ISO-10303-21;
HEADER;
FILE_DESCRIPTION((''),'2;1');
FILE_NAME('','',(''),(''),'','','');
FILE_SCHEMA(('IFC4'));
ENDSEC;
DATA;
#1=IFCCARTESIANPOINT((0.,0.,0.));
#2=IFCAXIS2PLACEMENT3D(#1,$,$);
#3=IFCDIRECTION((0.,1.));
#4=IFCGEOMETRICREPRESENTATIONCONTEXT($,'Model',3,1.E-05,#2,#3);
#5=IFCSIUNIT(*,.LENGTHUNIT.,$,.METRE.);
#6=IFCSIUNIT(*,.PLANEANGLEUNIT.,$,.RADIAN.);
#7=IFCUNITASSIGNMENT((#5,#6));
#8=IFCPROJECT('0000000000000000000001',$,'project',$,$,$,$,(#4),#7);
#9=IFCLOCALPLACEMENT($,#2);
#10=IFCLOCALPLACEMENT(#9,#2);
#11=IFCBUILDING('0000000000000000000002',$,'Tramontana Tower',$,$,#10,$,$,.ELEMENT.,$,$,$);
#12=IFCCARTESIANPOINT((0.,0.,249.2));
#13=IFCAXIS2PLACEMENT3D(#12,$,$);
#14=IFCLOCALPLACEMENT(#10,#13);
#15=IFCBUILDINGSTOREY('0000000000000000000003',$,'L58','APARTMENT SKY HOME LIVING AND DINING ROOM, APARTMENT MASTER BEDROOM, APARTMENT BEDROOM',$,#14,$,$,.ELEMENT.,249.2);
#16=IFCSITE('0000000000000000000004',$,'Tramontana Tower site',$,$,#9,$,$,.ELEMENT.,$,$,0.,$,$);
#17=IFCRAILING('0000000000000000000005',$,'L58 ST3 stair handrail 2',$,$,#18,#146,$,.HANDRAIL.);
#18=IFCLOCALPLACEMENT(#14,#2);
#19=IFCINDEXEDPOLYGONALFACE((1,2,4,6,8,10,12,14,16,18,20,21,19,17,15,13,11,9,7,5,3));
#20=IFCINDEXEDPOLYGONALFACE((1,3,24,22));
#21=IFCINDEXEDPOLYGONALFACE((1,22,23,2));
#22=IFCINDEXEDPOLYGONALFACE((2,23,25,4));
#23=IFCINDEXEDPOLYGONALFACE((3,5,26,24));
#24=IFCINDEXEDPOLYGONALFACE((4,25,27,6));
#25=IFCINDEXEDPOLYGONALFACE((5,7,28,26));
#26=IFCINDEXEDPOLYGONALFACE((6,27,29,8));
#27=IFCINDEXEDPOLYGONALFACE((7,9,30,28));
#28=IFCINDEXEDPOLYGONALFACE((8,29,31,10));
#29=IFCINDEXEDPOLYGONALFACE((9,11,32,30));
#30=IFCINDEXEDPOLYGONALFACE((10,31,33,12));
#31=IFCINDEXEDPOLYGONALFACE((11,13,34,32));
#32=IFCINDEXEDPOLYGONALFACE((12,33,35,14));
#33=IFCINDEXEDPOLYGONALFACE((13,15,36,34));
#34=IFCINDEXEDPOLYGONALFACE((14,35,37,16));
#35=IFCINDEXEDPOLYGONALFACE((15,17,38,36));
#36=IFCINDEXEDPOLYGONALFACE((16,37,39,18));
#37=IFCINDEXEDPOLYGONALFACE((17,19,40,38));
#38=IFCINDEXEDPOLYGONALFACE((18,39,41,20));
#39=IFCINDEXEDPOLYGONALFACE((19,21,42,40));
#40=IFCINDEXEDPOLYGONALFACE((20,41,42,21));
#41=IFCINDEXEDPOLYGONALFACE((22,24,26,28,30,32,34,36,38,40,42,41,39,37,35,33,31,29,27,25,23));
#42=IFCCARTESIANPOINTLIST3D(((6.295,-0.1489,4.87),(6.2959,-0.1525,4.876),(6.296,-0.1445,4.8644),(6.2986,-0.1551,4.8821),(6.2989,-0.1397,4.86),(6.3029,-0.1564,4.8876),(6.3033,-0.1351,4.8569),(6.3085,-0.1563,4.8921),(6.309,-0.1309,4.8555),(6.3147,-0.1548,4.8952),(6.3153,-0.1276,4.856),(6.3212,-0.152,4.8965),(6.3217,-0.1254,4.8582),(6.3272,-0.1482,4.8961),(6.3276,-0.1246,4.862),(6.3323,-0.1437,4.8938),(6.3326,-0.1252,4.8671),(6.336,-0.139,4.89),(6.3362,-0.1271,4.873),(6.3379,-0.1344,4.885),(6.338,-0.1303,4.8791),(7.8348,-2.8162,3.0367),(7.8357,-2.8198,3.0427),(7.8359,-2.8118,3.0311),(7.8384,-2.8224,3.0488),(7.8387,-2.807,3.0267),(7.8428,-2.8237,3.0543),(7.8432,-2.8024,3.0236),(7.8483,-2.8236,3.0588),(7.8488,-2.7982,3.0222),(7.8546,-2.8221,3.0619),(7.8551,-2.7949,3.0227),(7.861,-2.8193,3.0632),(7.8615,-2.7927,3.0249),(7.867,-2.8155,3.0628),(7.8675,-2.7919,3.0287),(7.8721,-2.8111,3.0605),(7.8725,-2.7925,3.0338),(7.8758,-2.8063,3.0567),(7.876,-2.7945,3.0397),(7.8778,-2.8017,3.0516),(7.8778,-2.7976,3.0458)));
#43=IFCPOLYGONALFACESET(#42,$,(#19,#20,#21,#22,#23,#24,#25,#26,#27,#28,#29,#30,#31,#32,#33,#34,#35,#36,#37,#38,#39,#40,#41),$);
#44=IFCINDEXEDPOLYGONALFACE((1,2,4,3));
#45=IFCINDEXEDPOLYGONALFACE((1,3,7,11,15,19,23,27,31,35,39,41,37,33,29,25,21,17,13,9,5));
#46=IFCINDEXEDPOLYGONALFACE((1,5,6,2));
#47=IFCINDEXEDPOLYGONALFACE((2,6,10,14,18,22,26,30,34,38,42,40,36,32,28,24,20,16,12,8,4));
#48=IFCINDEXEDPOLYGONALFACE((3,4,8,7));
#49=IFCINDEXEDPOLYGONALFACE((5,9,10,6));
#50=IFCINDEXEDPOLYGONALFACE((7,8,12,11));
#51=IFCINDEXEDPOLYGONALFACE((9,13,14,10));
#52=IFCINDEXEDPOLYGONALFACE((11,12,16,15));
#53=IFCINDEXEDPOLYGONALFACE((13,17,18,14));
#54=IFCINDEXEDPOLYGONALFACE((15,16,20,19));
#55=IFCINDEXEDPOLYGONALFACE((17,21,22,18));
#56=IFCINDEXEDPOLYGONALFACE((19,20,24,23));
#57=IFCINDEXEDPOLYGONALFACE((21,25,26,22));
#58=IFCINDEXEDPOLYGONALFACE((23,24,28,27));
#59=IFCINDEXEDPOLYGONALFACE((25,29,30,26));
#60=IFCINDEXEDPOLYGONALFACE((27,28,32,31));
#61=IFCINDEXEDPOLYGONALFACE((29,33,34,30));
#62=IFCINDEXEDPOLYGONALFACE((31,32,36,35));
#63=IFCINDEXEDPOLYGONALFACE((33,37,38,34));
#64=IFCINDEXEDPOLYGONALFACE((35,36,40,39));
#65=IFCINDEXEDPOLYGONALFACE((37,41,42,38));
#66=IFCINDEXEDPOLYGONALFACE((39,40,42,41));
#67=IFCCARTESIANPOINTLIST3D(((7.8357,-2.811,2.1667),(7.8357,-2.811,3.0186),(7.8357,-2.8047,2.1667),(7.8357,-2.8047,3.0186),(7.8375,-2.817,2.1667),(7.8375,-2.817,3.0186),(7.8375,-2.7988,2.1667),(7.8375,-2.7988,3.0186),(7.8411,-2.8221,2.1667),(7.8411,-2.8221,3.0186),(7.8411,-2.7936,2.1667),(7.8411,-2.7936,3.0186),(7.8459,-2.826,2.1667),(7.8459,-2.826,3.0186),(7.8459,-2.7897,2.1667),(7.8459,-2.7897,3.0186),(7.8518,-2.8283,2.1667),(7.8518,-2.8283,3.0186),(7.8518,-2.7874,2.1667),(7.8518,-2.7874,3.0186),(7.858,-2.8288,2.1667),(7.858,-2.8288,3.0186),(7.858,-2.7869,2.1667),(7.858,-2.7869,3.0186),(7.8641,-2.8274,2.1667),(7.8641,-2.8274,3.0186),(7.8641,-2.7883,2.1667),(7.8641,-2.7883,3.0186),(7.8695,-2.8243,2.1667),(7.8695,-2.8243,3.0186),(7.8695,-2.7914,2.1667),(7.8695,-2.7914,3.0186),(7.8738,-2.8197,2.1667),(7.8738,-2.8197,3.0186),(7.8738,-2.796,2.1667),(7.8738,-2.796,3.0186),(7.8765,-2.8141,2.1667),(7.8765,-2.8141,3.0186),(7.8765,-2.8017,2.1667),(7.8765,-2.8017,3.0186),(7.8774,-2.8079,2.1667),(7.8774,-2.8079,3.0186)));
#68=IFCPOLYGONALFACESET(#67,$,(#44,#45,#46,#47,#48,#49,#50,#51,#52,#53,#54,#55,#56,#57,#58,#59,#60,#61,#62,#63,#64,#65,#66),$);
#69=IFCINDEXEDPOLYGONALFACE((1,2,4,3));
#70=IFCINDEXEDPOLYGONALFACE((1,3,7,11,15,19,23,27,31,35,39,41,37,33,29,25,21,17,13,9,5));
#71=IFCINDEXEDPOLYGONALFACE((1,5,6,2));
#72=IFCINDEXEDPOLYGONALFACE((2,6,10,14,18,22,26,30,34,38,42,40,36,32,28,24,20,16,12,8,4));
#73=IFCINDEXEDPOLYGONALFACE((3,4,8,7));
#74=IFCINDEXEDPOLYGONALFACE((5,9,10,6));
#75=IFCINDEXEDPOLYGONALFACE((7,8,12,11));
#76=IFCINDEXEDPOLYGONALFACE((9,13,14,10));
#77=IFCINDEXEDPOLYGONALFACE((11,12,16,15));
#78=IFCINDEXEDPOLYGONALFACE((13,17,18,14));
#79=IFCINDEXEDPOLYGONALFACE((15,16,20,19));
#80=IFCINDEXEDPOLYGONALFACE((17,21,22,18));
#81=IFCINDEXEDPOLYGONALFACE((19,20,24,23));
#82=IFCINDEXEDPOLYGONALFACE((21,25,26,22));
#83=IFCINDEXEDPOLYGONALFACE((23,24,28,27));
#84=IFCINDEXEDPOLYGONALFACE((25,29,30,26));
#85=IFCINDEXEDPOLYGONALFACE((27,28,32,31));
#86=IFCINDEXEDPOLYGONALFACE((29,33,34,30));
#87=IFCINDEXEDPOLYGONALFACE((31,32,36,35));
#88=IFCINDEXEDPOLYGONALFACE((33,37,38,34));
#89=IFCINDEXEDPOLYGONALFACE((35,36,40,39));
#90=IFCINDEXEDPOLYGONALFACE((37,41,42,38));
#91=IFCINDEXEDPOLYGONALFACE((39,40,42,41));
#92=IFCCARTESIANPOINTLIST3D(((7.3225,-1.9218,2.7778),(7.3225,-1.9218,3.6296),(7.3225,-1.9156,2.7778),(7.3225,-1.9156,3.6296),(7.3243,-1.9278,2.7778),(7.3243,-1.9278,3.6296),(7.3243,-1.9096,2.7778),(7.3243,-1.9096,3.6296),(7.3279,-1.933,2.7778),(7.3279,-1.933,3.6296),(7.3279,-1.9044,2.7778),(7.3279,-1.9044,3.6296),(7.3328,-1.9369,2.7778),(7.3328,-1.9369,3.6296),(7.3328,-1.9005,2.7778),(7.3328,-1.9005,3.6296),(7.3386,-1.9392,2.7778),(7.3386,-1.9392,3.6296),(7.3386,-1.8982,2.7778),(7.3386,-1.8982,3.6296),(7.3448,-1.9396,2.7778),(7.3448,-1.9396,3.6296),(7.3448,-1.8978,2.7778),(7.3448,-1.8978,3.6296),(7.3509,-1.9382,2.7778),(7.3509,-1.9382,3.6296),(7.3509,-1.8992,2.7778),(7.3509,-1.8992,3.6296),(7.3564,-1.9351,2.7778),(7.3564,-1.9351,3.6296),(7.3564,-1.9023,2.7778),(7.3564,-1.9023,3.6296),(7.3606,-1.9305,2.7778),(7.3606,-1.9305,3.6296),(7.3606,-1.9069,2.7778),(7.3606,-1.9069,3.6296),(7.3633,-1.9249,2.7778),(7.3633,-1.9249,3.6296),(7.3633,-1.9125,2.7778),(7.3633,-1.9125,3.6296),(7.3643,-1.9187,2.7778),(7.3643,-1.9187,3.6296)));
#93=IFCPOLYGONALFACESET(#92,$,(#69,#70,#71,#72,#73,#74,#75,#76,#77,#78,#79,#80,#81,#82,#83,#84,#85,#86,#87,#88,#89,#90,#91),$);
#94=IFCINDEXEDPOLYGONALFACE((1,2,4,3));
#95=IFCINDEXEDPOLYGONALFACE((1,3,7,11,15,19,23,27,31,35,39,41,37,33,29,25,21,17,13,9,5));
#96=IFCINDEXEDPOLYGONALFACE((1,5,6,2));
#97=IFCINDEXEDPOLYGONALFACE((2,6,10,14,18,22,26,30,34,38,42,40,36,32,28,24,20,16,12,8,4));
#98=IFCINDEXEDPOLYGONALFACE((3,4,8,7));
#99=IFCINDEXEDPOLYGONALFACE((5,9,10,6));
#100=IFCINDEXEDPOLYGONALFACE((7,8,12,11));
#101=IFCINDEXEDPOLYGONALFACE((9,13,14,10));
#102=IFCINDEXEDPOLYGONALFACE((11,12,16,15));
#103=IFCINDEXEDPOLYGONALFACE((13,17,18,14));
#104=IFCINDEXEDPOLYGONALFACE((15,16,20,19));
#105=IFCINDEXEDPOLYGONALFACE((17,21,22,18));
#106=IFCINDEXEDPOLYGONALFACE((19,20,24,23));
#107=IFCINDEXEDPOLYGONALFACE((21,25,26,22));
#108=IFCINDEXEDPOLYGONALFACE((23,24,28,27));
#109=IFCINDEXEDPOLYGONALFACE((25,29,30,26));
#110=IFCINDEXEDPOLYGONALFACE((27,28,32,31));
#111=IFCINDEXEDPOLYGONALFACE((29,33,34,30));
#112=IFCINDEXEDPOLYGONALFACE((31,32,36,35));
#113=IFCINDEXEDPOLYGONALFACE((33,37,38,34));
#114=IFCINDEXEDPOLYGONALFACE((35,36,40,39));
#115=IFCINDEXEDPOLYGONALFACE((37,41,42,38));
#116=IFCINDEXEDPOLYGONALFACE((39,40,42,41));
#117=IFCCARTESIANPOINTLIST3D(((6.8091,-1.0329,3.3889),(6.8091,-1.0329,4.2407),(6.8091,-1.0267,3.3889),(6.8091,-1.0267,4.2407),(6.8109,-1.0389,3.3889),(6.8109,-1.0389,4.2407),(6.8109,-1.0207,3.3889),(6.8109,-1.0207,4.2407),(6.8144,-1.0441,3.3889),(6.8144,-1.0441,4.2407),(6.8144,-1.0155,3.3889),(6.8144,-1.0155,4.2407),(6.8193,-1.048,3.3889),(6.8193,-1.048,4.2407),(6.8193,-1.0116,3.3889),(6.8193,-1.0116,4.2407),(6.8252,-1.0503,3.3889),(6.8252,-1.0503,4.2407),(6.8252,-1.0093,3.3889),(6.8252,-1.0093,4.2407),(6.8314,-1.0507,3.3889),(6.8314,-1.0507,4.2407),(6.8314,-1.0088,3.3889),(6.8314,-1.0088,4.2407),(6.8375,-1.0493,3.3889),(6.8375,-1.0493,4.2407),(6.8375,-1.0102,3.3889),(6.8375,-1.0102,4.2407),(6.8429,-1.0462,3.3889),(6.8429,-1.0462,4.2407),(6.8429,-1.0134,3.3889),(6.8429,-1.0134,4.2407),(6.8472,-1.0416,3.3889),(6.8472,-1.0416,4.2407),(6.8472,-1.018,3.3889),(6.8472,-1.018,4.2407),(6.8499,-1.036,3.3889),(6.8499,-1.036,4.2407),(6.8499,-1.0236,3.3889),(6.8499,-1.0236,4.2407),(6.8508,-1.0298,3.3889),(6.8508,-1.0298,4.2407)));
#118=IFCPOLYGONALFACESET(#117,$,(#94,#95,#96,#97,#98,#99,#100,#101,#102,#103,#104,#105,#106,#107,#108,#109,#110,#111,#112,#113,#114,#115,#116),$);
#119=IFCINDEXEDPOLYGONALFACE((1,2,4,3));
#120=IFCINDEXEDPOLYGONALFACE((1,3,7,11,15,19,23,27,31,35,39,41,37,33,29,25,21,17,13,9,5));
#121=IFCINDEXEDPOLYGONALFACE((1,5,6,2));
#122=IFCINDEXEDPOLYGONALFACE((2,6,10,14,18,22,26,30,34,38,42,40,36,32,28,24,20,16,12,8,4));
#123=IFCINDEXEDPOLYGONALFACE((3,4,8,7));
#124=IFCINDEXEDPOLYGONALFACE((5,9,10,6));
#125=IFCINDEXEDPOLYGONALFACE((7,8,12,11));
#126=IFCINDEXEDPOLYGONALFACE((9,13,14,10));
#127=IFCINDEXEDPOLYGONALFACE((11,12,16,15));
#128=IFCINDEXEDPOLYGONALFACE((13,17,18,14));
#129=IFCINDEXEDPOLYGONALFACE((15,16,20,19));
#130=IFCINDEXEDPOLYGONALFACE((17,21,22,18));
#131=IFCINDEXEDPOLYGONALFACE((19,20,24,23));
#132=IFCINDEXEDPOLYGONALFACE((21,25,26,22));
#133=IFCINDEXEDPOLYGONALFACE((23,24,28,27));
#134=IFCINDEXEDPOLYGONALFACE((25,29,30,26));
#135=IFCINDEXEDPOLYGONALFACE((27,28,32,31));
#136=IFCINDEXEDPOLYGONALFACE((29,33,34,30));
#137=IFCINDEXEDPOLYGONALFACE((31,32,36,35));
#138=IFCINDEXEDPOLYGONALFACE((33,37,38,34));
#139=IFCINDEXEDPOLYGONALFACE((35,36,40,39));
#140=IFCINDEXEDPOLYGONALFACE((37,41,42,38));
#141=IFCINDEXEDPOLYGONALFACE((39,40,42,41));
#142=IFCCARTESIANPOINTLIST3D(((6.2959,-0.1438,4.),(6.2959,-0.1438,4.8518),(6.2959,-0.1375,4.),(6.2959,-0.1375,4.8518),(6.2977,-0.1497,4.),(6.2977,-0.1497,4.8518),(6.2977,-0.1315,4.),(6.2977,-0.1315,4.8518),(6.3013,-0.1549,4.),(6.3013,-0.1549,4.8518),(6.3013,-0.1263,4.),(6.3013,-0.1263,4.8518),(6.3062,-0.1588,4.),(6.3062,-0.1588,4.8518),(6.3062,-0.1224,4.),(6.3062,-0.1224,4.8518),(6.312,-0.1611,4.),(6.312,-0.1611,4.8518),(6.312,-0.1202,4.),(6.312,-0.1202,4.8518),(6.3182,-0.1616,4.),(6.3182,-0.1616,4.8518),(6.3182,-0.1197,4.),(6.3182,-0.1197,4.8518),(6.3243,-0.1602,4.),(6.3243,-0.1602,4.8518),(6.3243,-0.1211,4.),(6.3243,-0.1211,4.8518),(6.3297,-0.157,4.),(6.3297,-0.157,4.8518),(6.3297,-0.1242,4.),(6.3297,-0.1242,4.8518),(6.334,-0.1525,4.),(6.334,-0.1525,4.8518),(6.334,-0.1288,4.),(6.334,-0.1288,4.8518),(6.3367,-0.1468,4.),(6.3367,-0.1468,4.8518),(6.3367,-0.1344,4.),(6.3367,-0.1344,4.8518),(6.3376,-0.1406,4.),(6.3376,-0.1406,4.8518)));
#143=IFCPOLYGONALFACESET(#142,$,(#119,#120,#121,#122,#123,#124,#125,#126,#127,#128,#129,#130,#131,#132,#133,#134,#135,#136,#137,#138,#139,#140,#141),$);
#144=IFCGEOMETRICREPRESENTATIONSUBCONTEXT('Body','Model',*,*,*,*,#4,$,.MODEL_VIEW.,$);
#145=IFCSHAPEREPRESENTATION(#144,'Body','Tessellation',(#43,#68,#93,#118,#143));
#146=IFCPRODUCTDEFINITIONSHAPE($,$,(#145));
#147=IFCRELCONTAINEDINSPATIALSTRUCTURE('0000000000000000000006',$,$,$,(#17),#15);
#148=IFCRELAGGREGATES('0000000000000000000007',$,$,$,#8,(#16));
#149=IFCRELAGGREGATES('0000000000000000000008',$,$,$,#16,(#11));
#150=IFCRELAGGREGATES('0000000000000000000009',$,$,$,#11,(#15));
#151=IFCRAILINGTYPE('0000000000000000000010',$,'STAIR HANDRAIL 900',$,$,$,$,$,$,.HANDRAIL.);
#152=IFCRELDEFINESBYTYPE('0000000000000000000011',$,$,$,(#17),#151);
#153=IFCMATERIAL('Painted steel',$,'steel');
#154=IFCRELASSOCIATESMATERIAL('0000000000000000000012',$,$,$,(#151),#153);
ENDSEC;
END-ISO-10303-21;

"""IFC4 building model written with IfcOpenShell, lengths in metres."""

from ifc_helpers import new_model, si_unit, direction, frame, origin, origin_2d, place, context, subcontext, project, spatial, circle, extrude, material, type_object, element, save


model = new_model("IFC4")

# Units and contexts
model_context = context("Model", 3, precision=1e-05, world=origin(), true_north=direction((0.0, 1.0)))
body_context = subcontext(model_context, "Body", "Model", "MODEL_VIEW")
ifc_project = project(units=[si_unit("LENGTHUNIT", "METRE"), si_unit("PLANEANGLEUNIT", "RADIAN")], contexts=[model_context])

# Site, building, storey
site_placement = place(None, origin())
site = spatial("IfcSite", under=ifc_project, at=site_placement, Name="Tramontana Tower site", CompositionType="ELEMENT", RefElevation=0.0)
building_placement = place(site_placement, origin())
building = spatial("IfcBuilding", under=site, at=building_placement, Name="Tramontana Tower", CompositionType="ELEMENT")
storey_placement = place(building_placement, frame((0.0, 0.0, 249.2)))
storey = spatial("IfcBuildingStorey", under=building, at=storey_placement, Name="L58", Description="APARTMENT SKY HOME LIVING AND DINING ROOM, APARTMENT MASTER BEDROOM, APARTMENT BEDROOM", CompositionType="ELEMENT", Elevation=249.2)

# Railing
ifc_material_1 = material(Name="Painted steel", Category="steel")
railing_type_1 = type_object("IfcRailingType", Name="STAIR HANDRAIL 900", PredefinedType="HANDRAIL", material=ifc_material_1)
railing_1_placement = place(storey_placement, frame((7.8564, -2.8079, 2.1667)))
element("IfcRailing", 1, at=railing_1_placement, inside=storey, type_object=railing_type_1, Name="L58 ST3 stair handrail 2", PredefinedType="HANDRAIL", context=body_context, shape_type="SweptSolid", body=[
    extrude(circle(Radius=0.0239, at=origin_2d()), frame((0.0, 0.0, 0.876), z_axis=(-0.429616, 0.744181, 0.511493), x_axis=(-0.866044, -0.499967, 0.0)), (0.0, 0.0, 1.0), 3.5842),
    extrude(circle(Radius=0.021, at=origin_2d()), origin(), (0.0, 0.0, 1.0), 0.8518),
    extrude(circle(Radius=0.021, at=origin_2d()), frame((-0.5132, 0.8892, 0.6111)), (0.0, 0.0, 1.0), 0.8518),
    extrude(circle(Radius=0.021, at=origin_2d()), frame((-1.0266, 1.7781, 1.2222)), (0.0, 0.0, 1.0), 0.8518),
    extrude(circle(Radius=0.021, at=origin_2d()), frame((-1.5398, 2.6672, 1.8333)), (0.0, 0.0, 1.0), 0.8518),
])

save(model, "model.ifc")
